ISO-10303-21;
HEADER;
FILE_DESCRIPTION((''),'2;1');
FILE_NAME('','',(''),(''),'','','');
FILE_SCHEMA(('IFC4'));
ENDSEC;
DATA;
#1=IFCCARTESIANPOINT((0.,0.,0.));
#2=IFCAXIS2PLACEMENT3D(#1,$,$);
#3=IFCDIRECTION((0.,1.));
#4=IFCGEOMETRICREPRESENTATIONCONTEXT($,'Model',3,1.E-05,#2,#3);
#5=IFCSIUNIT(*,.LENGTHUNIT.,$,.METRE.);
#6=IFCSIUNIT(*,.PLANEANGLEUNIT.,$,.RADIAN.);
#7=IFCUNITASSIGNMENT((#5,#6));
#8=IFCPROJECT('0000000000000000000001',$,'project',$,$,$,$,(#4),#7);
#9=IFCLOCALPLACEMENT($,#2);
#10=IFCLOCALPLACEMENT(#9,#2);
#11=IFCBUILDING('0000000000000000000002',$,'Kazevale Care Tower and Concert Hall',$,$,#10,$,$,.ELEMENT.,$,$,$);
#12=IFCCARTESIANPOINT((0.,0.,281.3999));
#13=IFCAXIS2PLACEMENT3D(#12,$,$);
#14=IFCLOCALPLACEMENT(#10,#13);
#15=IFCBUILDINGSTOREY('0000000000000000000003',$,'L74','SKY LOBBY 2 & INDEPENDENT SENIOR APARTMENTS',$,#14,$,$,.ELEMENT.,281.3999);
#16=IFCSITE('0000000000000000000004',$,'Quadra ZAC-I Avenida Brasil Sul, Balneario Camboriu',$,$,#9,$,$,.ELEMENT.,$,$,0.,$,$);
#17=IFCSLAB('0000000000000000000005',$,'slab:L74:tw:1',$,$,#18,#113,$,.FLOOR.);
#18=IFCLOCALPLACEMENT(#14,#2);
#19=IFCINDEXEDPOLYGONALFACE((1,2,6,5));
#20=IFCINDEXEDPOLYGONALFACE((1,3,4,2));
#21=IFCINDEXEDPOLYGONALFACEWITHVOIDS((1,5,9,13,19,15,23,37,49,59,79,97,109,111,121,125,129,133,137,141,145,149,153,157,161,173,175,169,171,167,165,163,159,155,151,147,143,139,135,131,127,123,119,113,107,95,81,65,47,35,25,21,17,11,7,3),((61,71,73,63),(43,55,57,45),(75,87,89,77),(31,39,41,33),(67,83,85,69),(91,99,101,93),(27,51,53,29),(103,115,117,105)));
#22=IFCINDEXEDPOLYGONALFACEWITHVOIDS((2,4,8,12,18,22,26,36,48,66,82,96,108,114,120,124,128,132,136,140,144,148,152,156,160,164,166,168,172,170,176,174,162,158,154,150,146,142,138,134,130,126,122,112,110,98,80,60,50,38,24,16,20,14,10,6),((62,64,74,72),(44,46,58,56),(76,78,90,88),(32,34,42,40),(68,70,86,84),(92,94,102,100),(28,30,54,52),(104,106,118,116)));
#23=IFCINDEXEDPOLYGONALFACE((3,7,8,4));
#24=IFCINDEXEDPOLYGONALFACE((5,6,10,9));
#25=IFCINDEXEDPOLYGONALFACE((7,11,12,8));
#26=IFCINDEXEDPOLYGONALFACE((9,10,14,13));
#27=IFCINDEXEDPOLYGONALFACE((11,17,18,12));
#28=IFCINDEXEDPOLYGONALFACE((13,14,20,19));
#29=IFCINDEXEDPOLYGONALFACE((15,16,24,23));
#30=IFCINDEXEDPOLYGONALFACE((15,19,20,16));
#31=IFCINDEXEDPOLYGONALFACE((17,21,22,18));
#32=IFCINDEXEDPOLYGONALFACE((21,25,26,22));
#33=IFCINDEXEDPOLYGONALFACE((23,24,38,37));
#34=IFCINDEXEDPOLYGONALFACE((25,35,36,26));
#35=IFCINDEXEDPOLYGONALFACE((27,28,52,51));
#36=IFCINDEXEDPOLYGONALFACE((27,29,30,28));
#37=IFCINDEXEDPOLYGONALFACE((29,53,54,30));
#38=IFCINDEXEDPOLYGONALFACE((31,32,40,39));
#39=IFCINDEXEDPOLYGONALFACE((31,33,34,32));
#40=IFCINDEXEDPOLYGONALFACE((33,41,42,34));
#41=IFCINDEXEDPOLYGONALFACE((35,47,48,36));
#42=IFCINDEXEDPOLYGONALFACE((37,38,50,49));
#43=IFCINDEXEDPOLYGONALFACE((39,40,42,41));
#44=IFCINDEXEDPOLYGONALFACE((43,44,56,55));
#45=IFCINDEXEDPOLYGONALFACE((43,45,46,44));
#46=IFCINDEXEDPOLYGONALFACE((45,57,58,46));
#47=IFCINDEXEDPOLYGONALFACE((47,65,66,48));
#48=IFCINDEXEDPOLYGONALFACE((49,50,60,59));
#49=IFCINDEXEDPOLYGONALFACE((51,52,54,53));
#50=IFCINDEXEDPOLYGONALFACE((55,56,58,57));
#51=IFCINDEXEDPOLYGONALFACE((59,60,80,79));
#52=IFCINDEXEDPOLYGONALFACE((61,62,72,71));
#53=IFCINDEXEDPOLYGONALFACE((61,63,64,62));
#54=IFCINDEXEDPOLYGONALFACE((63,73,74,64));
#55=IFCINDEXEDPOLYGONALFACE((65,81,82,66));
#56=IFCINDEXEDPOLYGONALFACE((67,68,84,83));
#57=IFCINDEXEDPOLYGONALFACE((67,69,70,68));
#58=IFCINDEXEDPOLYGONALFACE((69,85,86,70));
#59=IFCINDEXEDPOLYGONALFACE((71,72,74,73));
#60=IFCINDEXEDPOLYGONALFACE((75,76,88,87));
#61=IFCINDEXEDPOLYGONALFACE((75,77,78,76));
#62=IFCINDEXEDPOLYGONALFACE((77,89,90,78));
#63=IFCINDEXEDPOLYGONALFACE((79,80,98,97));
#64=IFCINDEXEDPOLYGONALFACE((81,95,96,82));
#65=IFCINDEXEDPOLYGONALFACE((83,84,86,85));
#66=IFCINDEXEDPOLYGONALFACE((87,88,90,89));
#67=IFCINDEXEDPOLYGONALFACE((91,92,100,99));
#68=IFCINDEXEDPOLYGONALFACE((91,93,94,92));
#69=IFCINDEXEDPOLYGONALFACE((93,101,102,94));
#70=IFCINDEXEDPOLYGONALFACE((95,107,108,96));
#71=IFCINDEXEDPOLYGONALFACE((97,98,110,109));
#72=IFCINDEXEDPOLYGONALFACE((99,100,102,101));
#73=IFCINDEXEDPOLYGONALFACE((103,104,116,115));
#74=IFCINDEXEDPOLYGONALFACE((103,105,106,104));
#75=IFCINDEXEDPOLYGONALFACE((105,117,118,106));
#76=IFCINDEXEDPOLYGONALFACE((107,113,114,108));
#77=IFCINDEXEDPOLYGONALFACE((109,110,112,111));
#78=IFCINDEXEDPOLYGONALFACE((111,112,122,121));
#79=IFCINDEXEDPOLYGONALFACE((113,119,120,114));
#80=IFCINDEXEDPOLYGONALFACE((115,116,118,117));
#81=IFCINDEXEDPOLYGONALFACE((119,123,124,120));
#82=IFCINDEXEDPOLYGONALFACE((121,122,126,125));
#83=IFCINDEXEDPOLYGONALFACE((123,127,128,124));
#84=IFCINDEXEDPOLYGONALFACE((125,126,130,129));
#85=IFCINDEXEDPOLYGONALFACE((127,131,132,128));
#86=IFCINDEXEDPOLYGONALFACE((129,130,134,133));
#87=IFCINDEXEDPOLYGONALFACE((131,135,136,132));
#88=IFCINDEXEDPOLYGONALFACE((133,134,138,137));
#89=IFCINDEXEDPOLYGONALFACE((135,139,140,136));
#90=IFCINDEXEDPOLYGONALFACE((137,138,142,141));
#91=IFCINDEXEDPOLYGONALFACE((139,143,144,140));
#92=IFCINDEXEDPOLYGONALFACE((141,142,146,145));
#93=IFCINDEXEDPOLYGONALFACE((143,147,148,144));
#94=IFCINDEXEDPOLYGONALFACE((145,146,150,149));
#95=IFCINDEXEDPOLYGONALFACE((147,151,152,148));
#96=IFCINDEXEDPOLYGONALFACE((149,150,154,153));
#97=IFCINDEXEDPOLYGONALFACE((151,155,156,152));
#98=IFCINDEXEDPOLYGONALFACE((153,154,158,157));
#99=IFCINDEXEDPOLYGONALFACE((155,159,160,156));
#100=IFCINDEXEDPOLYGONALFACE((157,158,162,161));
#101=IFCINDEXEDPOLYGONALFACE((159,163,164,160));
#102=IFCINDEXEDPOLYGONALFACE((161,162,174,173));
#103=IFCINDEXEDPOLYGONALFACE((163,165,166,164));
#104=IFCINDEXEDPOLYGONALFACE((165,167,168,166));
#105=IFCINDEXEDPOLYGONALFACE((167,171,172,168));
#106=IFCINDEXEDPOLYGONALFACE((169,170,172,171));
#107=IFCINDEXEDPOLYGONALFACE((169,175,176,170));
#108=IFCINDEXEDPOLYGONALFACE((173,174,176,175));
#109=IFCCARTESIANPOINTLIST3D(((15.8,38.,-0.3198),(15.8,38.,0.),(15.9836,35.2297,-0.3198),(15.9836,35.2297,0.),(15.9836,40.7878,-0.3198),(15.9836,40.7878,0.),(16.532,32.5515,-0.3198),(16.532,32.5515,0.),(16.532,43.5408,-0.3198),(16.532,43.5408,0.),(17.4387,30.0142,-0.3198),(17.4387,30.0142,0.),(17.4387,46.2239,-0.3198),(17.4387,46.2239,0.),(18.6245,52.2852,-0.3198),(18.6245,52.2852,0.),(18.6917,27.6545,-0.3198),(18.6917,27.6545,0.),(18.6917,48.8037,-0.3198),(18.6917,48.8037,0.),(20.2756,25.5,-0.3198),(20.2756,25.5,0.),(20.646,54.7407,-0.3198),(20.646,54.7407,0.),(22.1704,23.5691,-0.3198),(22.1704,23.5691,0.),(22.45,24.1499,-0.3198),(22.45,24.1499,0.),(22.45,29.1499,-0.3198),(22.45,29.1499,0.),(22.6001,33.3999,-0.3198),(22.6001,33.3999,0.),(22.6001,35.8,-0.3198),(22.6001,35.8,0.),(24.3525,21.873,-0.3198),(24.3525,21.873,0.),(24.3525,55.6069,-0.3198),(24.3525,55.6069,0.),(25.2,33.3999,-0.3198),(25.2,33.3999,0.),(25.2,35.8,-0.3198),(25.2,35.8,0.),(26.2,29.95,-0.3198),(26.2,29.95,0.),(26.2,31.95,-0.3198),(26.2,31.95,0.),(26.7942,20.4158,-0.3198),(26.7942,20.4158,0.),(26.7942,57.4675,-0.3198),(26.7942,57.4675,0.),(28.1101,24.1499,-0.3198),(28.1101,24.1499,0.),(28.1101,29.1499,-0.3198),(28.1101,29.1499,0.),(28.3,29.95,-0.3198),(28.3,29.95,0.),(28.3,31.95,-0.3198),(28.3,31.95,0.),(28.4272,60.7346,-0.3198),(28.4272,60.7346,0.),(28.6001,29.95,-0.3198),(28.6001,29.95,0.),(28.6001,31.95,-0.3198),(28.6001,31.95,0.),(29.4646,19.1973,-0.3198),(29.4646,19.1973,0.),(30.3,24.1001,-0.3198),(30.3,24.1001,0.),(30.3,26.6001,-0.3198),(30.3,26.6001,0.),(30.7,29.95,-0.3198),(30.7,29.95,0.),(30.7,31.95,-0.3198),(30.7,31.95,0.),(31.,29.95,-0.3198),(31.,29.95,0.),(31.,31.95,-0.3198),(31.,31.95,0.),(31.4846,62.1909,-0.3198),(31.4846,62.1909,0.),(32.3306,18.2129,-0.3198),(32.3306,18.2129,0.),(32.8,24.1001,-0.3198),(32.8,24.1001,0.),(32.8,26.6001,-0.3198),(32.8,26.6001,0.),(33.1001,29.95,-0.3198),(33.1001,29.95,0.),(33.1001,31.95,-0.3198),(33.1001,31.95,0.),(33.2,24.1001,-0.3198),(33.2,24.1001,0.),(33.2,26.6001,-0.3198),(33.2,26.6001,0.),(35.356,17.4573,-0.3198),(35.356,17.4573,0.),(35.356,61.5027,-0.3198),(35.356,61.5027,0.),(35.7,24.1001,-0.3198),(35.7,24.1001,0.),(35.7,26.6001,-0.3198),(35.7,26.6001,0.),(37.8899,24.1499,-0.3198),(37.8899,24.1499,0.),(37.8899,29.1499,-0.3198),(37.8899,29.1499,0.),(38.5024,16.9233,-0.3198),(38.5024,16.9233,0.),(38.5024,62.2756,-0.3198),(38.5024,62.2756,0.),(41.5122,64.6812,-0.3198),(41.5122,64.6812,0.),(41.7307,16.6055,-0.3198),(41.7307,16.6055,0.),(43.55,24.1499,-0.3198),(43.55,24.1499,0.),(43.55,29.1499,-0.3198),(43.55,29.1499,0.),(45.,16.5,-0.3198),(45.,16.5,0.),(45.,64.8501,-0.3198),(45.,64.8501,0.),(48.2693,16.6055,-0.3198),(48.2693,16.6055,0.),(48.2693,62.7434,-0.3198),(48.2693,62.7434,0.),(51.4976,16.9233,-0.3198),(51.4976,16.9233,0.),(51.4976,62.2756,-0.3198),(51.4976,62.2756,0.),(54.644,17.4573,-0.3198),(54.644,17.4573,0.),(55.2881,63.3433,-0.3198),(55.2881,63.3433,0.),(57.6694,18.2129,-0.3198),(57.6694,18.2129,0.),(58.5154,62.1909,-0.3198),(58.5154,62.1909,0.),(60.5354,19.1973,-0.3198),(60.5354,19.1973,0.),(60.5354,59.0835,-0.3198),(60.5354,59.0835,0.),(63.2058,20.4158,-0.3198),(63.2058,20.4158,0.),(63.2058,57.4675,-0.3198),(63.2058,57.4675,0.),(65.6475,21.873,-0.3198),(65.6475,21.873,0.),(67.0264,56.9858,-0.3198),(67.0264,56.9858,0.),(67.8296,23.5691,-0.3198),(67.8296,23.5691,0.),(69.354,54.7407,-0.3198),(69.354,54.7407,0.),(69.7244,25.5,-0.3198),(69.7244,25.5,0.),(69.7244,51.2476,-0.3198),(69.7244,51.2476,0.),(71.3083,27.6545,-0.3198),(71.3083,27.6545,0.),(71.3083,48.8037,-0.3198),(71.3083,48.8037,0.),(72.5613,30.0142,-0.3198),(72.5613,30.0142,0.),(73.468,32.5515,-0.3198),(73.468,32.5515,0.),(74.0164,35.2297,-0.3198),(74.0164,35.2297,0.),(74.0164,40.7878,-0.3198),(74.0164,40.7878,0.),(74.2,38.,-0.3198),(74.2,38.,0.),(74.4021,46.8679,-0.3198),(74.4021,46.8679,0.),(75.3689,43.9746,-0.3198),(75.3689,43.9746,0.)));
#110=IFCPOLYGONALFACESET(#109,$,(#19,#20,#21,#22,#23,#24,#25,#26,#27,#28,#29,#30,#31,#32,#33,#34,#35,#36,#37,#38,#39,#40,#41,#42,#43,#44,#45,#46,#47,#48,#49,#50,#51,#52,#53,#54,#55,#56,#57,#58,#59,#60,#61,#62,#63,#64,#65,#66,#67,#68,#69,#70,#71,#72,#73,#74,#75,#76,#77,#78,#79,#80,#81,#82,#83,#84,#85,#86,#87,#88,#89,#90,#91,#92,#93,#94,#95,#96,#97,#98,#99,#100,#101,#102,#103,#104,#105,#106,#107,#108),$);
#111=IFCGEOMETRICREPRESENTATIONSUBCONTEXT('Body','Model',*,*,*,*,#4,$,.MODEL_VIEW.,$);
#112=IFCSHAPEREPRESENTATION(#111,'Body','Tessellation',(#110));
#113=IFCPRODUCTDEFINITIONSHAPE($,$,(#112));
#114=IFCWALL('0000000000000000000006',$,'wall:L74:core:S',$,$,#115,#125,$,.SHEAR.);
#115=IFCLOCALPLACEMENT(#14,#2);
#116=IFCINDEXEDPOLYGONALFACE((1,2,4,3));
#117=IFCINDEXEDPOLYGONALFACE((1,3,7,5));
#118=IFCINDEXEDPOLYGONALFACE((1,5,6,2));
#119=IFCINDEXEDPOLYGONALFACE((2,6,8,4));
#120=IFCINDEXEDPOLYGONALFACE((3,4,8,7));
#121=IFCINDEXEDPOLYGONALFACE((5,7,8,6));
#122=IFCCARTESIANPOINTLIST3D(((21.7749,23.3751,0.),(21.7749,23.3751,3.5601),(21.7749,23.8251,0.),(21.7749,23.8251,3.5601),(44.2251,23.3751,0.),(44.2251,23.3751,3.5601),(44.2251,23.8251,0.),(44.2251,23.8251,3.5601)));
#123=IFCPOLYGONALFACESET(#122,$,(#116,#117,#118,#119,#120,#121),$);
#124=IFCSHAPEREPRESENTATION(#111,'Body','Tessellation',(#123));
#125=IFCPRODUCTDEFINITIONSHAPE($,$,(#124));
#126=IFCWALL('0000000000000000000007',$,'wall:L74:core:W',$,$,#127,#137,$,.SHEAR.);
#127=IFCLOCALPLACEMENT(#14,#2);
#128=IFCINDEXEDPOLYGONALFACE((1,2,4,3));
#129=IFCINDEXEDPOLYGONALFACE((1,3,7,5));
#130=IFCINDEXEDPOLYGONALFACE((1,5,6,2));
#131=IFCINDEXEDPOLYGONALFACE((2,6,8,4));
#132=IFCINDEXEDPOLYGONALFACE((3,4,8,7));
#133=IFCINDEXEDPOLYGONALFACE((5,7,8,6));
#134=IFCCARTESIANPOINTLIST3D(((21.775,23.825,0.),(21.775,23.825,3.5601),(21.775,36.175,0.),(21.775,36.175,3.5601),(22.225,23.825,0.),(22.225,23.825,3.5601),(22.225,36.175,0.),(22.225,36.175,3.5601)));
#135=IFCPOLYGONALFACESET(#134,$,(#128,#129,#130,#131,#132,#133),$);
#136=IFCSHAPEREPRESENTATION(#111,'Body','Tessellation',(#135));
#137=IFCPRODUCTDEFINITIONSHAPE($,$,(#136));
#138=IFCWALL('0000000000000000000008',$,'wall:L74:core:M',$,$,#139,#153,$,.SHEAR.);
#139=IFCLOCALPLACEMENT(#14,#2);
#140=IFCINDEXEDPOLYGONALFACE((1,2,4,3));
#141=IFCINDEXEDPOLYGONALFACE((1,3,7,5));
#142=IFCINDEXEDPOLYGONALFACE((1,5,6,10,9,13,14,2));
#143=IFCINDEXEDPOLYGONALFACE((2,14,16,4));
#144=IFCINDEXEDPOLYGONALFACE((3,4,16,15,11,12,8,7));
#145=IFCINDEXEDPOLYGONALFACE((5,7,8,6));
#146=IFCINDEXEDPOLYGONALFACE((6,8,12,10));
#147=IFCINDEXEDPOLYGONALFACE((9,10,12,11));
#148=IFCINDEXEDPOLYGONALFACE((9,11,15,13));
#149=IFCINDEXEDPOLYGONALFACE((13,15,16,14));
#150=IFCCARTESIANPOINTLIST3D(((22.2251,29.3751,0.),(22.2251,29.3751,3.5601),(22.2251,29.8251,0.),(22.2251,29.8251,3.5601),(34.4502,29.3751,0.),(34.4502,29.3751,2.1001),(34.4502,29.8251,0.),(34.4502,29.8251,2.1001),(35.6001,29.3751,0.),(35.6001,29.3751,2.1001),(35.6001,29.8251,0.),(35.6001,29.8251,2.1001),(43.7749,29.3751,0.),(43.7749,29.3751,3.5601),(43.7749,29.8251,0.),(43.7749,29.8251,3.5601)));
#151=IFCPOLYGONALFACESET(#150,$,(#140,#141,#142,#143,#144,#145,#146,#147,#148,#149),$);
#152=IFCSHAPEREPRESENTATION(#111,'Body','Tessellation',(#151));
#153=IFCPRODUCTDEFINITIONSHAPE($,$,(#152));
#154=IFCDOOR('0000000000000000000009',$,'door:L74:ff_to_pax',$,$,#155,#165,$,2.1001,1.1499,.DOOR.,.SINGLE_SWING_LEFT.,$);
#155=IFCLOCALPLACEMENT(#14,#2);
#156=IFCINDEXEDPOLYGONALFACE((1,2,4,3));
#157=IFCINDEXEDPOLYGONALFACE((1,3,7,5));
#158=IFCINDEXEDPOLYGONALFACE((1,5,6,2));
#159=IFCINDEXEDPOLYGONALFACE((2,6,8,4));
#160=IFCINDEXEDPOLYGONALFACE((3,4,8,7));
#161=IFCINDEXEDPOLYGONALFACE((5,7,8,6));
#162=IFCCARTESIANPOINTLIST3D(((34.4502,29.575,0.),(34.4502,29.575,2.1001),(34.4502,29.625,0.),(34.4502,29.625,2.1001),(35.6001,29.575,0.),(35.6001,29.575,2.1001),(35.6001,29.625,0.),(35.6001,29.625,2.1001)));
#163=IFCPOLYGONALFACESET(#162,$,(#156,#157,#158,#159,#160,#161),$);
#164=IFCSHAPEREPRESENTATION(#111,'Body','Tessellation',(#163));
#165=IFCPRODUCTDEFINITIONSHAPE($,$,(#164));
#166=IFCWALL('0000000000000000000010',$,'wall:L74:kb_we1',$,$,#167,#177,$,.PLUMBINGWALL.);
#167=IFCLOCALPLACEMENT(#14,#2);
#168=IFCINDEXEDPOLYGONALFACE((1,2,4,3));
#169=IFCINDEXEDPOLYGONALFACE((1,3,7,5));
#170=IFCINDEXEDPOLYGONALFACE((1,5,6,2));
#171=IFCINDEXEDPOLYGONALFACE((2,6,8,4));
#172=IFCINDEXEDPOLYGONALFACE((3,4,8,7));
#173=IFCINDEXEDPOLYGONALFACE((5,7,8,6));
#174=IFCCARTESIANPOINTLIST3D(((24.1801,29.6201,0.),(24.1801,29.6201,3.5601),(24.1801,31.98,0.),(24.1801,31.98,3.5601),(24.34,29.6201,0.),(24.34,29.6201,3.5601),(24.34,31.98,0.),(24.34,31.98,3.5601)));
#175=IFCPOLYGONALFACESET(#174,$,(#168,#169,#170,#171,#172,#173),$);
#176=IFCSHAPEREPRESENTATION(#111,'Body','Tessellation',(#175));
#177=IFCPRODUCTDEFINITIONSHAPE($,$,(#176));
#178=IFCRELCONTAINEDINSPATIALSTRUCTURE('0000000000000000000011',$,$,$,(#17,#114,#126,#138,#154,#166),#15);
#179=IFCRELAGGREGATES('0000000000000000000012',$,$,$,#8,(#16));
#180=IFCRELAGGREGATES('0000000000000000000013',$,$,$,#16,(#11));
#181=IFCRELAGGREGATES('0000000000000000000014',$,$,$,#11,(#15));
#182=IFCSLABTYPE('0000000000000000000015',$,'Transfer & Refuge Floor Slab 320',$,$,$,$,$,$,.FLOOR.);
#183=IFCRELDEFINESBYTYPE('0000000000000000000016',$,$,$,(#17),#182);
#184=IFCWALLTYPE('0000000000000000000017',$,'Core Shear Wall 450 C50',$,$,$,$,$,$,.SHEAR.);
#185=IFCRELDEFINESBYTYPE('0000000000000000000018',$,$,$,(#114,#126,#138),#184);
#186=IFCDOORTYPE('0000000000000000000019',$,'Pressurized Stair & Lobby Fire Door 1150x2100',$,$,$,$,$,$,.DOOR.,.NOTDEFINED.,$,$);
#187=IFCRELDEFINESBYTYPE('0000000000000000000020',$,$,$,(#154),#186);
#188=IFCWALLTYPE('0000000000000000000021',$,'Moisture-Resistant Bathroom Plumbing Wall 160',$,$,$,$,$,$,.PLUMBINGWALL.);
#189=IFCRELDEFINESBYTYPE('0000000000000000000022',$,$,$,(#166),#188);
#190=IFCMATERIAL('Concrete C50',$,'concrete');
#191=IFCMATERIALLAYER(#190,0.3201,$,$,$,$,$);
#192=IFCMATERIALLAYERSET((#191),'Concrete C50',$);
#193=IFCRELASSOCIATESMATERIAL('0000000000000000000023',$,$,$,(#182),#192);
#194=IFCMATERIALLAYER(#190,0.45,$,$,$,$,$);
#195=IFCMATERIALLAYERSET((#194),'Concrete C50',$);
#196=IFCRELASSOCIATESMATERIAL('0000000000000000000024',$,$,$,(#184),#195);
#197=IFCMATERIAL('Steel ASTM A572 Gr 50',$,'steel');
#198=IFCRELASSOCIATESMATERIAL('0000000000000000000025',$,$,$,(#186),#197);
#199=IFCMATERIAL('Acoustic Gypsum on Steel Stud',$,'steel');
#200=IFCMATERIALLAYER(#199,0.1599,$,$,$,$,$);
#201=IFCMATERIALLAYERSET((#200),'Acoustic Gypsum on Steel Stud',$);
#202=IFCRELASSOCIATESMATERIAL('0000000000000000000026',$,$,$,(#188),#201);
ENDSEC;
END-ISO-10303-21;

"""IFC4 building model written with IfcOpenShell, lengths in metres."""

from ifc_helpers import new_model, si_unit, direction, frame, frame_2d, origin, place, context, subcontext, project, spatial, polyline, rectangle, outline, extrude, material, layer, layer_set, type_object, element, fill, save


model = new_model("IFC4")

# Units and contexts
model_context = context("Model", 3, precision=1e-05, world=origin(), true_north=direction((0.0, 1.0)))
body_context = subcontext(model_context, "Body", "Model", "MODEL_VIEW")
ifc_project = project(units=[si_unit("LENGTHUNIT", "METRE"), si_unit("PLANEANGLEUNIT", "RADIAN")], contexts=[model_context])

# Site, building, storey
site_placement = place(None, origin())
site = spatial("IfcSite", under=ifc_project, at=site_placement, Name="Quadra ZAC-I Avenida Brasil Sul, Balneario Camboriu", CompositionType="ELEMENT", RefElevation=0.0)
building_placement = place(site_placement, origin())
building = spatial("IfcBuilding", under=site, at=building_placement, Name="Kazevale Care Tower and Concert Hall", CompositionType="ELEMENT")
storey_placement = place(building_placement, frame((0.0, 0.0, 281.3999)))
storey = spatial("IfcBuildingStorey", under=building, at=storey_placement, Name="L74", Description="SKY LOBBY 2 & INDEPENDENT SENIOR APARTMENTS", CompositionType="ELEMENT", Elevation=281.3999)

# Shared definitions
ifc_material_1 = material(Name="Concrete C50", Category="concrete")

# Shared definitions
ifc_material_2 = material(Name="Steel ASTM A572 Gr 50", Category="steel")

# Slab
ifc_layer_1 = layer(ifc_material_1, 0.3201)
ifc_layer_set_1 = layer_set([ifc_layer_1], Name="Concrete C50")
slab_type_1 = type_object("IfcSlabType", Name="Transfer & Refuge Floor Slab 320", PredefinedType="FLOOR", material=ifc_layer_set_1)
slab_1_placement = place(storey_placement, frame((0.0, 0.0, -0.3198)))
element("IfcSlab", 1, at=slab_1_placement, inside=storey, type_object=slab_type_1, Name="slab:L74:tw:1", PredefinedType="FLOOR", context=body_context, shape_type="SweptSolid", body=[
    extrude(outline(polyline([(74.2, 38.0), (74.0164, 40.7878), (75.3689, 43.9746), (74.4021, 46.8679), (71.3083, 48.8037), (69.7244, 51.2476), (69.354, 54.7407), (67.0264, 56.9858), (63.2058, 57.4675), (60.5354, 59.0835), (58.5154, 62.1909), (55.2881, 63.3433), (51.4976, 62.2756), (48.2693, 62.7434), (45.0, 64.8501), (41.5122, 64.6812), (38.5024, 62.2756), (35.356, 61.5027), (31.4846, 62.1909), (28.4272, 60.7346), (26.7942, 57.4675), (24.3525, 55.6069), (20.646, 54.7407), (18.6245, 52.2852), (18.6917, 48.8037), (17.4387, 46.2239), (16.532, 43.5408), (15.9836, 40.7878), (15.8, 38.0), (15.9836, 35.2297), (16.532, 32.5515), (17.4387, 30.0142), (18.6917, 27.6545), (20.2756, 25.5), (22.1704, 23.5691), (24.3525, 21.873), (26.7942, 20.4158), (29.4646, 19.1973), (32.3306, 18.2129), (35.356, 17.4573), (38.5024, 16.9233), (41.7307, 16.6055), (45.0, 16.5), (48.2693, 16.6055), (51.4976, 16.9233), (54.644, 17.4573), (57.6694, 18.2129), (60.5354, 19.1973), (63.2058, 20.4158), (65.6475, 21.873), (67.8296, 23.5691), (69.7244, 25.5), (71.3083, 27.6545), (72.5613, 30.0142), (73.468, 32.5515), (74.0164, 35.2297), (74.2, 38.0)]), holes=[polyline([(22.45, 24.1499), (28.1101, 24.1499), (28.1101, 29.1499), (22.45, 29.1499), (22.45, 24.1499)]), polyline([(37.8899, 24.1499), (43.55, 24.1499), (43.55, 29.1499), (37.8899, 29.1499), (37.8899, 24.1499)]), polyline([(30.3, 24.1001), (32.8, 24.1001), (32.8, 26.6001), (30.3, 26.6001), (30.3, 24.1001)]), polyline([(33.2, 24.1001), (35.7, 24.1001), (35.7, 26.6001), (33.2, 26.6001), (33.2, 24.1001)]), polyline([(22.6001, 33.3999), (25.2, 33.3999), (25.2, 35.8), (22.6001, 35.8), (22.6001, 33.3999)]), polyline([(26.2, 29.95), (28.3, 29.95), (28.3, 31.95), (26.2, 31.95), (26.2, 29.95)]), polyline([(28.6001, 29.95), (30.7, 29.95), (30.7, 31.95), (28.6001, 31.95), (28.6001, 29.95)]), polyline([(31.0, 29.95), (33.1001, 29.95), (33.1001, 31.95), (31.0, 31.95), (31.0, 29.95)])]), origin(), (0.0, 0.0, 1.0), 0.3198),
])

# Walls
ifc_layer_2 = layer(ifc_material_1, 0.45)
ifc_layer_set_2 = layer_set([ifc_layer_2], Name="Concrete C50")
wall_type_1 = type_object("IfcWallType", Name="Core Shear Wall 450 C50", PredefinedType="SHEAR", material=ifc_layer_set_2)
wall_1_placement = place(storey_placement, frame((21.7749, 23.6001, 0.0), z_axis=(0.0, 0.0, 1.0), x_axis=(1.0, 0.0, 0.0)))
element("IfcWall", 2, at=wall_1_placement, inside=storey, type_object=wall_type_1, Name="wall:L74:core:S", PredefinedType="SHEAR", context=body_context, shape_type="SweptSolid", body=[
    extrude(rectangle(XDim=22.4502, YDim=0.45, at=frame_2d((11.2251, 0.0))), origin(), (0.0, 0.0, 1.0), 3.5601),
])
wall_2_placement = place(storey_placement, frame((22.0, 23.825, 0.0), z_axis=(0.0, 0.0, 1.0), x_axis=(0.0, 1.0, 0.0)))
element("IfcWall", 3, at=wall_2_placement, inside=storey, type_object=wall_type_1, Name="wall:L74:core:W", PredefinedType="SHEAR", context=body_context, shape_type="SweptSolid", body=[
    extrude(rectangle(XDim=12.3501, YDim=0.45, at=frame_2d((6.175, 0.0))), origin(), (0.0, 0.0, 1.0), 3.5601),
])

# Wall, opening, door
wall_3_placement = place(storey_placement, frame((22.2251, 29.6001, 0.0), z_axis=(0.0, 0.0, 1.0), x_axis=(1.0, 0.0, 0.0)))
wall_3 = element("IfcWall", 4, at=wall_3_placement, inside=storey, type_object=wall_type_1, Name="wall:L74:core:M", PredefinedType="SHEAR", context=body_context, shape_type="SweptSolid", body=[
    extrude(rectangle(XDim=21.5498, YDim=0.45, at=frame_2d((10.7749, 0.0))), origin(), (0.0, 0.0, 1.0), 3.5601),
])
opening_placement = place(wall_3_placement, frame((12.2251, 0.0, 0.0)))
opening = element("IfcOpeningElement", 5, at=opening_placement, cuts=wall_3, PredefinedType="OPENING", context=body_context, shape_type="SweptSolid", body=[
    extrude(rectangle(XDim=1.1499, YDim=2.1001, at=frame_2d((0.575, 1.05))), frame((0.0, 0.2349, 0.0), z_axis=(0.0, -1.0, 0.0), x_axis=(1.0, 0.0, 0.0)), (0.0, 0.0, 1.0), 0.47),
])
door_type = type_object("IfcDoorType", Name="Pressurized Stair & Lobby Fire Door 1150x2100", OperationType="NOTDEFINED", PredefinedType="DOOR", material=ifc_material_2)
door_placement = place(opening_placement, origin())
door = element("IfcDoor", 6, at=door_placement, inside=storey, type_object=door_type, Name="door:L74:ff_to_pax", OperationType="SINGLE_SWING_LEFT", OverallHeight=2.1001, OverallWidth=1.1499, PredefinedType="DOOR", context=body_context, shape_type="SweptSolid", body=[
    extrude(rectangle(XDim=1.1499, YDim=2.1001, at=frame_2d((0.575, 1.05))), frame((0.0, 0.0249, 0.0), z_axis=(0.0, -1.0, 0.0), x_axis=(1.0, 0.0, 0.0)), (0.0, 0.0, 1.0), 0.05),
])
fill(opening, door)

# Wall
ifc_material_3 = material(Name="Acoustic Gypsum on Steel Stud", Category="steel")
ifc_layer_3 = layer(ifc_material_3, 0.1599)
ifc_layer_set_3 = layer_set([ifc_layer_3], Name="Acoustic Gypsum on Steel Stud")
wall_type_2 = type_object("IfcWallType", Name="Moisture-Resistant Bathroom Plumbing Wall 160", PredefinedType="PLUMBINGWALL", material=ifc_layer_set_3)
wall_4_placement = place(storey_placement, frame((24.26, 29.6201, 0.0), z_axis=(0.0, 0.0, 1.0), x_axis=(0.0, 1.0, 0.0)))
element("IfcWall", 7, at=wall_4_placement, inside=storey, type_object=wall_type_2, Name="wall:L74:kb_we1", PredefinedType="PLUMBINGWALL", context=body_context, shape_type="SweptSolid", body=[
    extrude(rectangle(XDim=2.3599, YDim=0.1599, at=frame_2d((1.1799, 0.0))), origin(), (0.0, 0.0, 1.0), 3.5601),
])

save(model, "model.ifc")
